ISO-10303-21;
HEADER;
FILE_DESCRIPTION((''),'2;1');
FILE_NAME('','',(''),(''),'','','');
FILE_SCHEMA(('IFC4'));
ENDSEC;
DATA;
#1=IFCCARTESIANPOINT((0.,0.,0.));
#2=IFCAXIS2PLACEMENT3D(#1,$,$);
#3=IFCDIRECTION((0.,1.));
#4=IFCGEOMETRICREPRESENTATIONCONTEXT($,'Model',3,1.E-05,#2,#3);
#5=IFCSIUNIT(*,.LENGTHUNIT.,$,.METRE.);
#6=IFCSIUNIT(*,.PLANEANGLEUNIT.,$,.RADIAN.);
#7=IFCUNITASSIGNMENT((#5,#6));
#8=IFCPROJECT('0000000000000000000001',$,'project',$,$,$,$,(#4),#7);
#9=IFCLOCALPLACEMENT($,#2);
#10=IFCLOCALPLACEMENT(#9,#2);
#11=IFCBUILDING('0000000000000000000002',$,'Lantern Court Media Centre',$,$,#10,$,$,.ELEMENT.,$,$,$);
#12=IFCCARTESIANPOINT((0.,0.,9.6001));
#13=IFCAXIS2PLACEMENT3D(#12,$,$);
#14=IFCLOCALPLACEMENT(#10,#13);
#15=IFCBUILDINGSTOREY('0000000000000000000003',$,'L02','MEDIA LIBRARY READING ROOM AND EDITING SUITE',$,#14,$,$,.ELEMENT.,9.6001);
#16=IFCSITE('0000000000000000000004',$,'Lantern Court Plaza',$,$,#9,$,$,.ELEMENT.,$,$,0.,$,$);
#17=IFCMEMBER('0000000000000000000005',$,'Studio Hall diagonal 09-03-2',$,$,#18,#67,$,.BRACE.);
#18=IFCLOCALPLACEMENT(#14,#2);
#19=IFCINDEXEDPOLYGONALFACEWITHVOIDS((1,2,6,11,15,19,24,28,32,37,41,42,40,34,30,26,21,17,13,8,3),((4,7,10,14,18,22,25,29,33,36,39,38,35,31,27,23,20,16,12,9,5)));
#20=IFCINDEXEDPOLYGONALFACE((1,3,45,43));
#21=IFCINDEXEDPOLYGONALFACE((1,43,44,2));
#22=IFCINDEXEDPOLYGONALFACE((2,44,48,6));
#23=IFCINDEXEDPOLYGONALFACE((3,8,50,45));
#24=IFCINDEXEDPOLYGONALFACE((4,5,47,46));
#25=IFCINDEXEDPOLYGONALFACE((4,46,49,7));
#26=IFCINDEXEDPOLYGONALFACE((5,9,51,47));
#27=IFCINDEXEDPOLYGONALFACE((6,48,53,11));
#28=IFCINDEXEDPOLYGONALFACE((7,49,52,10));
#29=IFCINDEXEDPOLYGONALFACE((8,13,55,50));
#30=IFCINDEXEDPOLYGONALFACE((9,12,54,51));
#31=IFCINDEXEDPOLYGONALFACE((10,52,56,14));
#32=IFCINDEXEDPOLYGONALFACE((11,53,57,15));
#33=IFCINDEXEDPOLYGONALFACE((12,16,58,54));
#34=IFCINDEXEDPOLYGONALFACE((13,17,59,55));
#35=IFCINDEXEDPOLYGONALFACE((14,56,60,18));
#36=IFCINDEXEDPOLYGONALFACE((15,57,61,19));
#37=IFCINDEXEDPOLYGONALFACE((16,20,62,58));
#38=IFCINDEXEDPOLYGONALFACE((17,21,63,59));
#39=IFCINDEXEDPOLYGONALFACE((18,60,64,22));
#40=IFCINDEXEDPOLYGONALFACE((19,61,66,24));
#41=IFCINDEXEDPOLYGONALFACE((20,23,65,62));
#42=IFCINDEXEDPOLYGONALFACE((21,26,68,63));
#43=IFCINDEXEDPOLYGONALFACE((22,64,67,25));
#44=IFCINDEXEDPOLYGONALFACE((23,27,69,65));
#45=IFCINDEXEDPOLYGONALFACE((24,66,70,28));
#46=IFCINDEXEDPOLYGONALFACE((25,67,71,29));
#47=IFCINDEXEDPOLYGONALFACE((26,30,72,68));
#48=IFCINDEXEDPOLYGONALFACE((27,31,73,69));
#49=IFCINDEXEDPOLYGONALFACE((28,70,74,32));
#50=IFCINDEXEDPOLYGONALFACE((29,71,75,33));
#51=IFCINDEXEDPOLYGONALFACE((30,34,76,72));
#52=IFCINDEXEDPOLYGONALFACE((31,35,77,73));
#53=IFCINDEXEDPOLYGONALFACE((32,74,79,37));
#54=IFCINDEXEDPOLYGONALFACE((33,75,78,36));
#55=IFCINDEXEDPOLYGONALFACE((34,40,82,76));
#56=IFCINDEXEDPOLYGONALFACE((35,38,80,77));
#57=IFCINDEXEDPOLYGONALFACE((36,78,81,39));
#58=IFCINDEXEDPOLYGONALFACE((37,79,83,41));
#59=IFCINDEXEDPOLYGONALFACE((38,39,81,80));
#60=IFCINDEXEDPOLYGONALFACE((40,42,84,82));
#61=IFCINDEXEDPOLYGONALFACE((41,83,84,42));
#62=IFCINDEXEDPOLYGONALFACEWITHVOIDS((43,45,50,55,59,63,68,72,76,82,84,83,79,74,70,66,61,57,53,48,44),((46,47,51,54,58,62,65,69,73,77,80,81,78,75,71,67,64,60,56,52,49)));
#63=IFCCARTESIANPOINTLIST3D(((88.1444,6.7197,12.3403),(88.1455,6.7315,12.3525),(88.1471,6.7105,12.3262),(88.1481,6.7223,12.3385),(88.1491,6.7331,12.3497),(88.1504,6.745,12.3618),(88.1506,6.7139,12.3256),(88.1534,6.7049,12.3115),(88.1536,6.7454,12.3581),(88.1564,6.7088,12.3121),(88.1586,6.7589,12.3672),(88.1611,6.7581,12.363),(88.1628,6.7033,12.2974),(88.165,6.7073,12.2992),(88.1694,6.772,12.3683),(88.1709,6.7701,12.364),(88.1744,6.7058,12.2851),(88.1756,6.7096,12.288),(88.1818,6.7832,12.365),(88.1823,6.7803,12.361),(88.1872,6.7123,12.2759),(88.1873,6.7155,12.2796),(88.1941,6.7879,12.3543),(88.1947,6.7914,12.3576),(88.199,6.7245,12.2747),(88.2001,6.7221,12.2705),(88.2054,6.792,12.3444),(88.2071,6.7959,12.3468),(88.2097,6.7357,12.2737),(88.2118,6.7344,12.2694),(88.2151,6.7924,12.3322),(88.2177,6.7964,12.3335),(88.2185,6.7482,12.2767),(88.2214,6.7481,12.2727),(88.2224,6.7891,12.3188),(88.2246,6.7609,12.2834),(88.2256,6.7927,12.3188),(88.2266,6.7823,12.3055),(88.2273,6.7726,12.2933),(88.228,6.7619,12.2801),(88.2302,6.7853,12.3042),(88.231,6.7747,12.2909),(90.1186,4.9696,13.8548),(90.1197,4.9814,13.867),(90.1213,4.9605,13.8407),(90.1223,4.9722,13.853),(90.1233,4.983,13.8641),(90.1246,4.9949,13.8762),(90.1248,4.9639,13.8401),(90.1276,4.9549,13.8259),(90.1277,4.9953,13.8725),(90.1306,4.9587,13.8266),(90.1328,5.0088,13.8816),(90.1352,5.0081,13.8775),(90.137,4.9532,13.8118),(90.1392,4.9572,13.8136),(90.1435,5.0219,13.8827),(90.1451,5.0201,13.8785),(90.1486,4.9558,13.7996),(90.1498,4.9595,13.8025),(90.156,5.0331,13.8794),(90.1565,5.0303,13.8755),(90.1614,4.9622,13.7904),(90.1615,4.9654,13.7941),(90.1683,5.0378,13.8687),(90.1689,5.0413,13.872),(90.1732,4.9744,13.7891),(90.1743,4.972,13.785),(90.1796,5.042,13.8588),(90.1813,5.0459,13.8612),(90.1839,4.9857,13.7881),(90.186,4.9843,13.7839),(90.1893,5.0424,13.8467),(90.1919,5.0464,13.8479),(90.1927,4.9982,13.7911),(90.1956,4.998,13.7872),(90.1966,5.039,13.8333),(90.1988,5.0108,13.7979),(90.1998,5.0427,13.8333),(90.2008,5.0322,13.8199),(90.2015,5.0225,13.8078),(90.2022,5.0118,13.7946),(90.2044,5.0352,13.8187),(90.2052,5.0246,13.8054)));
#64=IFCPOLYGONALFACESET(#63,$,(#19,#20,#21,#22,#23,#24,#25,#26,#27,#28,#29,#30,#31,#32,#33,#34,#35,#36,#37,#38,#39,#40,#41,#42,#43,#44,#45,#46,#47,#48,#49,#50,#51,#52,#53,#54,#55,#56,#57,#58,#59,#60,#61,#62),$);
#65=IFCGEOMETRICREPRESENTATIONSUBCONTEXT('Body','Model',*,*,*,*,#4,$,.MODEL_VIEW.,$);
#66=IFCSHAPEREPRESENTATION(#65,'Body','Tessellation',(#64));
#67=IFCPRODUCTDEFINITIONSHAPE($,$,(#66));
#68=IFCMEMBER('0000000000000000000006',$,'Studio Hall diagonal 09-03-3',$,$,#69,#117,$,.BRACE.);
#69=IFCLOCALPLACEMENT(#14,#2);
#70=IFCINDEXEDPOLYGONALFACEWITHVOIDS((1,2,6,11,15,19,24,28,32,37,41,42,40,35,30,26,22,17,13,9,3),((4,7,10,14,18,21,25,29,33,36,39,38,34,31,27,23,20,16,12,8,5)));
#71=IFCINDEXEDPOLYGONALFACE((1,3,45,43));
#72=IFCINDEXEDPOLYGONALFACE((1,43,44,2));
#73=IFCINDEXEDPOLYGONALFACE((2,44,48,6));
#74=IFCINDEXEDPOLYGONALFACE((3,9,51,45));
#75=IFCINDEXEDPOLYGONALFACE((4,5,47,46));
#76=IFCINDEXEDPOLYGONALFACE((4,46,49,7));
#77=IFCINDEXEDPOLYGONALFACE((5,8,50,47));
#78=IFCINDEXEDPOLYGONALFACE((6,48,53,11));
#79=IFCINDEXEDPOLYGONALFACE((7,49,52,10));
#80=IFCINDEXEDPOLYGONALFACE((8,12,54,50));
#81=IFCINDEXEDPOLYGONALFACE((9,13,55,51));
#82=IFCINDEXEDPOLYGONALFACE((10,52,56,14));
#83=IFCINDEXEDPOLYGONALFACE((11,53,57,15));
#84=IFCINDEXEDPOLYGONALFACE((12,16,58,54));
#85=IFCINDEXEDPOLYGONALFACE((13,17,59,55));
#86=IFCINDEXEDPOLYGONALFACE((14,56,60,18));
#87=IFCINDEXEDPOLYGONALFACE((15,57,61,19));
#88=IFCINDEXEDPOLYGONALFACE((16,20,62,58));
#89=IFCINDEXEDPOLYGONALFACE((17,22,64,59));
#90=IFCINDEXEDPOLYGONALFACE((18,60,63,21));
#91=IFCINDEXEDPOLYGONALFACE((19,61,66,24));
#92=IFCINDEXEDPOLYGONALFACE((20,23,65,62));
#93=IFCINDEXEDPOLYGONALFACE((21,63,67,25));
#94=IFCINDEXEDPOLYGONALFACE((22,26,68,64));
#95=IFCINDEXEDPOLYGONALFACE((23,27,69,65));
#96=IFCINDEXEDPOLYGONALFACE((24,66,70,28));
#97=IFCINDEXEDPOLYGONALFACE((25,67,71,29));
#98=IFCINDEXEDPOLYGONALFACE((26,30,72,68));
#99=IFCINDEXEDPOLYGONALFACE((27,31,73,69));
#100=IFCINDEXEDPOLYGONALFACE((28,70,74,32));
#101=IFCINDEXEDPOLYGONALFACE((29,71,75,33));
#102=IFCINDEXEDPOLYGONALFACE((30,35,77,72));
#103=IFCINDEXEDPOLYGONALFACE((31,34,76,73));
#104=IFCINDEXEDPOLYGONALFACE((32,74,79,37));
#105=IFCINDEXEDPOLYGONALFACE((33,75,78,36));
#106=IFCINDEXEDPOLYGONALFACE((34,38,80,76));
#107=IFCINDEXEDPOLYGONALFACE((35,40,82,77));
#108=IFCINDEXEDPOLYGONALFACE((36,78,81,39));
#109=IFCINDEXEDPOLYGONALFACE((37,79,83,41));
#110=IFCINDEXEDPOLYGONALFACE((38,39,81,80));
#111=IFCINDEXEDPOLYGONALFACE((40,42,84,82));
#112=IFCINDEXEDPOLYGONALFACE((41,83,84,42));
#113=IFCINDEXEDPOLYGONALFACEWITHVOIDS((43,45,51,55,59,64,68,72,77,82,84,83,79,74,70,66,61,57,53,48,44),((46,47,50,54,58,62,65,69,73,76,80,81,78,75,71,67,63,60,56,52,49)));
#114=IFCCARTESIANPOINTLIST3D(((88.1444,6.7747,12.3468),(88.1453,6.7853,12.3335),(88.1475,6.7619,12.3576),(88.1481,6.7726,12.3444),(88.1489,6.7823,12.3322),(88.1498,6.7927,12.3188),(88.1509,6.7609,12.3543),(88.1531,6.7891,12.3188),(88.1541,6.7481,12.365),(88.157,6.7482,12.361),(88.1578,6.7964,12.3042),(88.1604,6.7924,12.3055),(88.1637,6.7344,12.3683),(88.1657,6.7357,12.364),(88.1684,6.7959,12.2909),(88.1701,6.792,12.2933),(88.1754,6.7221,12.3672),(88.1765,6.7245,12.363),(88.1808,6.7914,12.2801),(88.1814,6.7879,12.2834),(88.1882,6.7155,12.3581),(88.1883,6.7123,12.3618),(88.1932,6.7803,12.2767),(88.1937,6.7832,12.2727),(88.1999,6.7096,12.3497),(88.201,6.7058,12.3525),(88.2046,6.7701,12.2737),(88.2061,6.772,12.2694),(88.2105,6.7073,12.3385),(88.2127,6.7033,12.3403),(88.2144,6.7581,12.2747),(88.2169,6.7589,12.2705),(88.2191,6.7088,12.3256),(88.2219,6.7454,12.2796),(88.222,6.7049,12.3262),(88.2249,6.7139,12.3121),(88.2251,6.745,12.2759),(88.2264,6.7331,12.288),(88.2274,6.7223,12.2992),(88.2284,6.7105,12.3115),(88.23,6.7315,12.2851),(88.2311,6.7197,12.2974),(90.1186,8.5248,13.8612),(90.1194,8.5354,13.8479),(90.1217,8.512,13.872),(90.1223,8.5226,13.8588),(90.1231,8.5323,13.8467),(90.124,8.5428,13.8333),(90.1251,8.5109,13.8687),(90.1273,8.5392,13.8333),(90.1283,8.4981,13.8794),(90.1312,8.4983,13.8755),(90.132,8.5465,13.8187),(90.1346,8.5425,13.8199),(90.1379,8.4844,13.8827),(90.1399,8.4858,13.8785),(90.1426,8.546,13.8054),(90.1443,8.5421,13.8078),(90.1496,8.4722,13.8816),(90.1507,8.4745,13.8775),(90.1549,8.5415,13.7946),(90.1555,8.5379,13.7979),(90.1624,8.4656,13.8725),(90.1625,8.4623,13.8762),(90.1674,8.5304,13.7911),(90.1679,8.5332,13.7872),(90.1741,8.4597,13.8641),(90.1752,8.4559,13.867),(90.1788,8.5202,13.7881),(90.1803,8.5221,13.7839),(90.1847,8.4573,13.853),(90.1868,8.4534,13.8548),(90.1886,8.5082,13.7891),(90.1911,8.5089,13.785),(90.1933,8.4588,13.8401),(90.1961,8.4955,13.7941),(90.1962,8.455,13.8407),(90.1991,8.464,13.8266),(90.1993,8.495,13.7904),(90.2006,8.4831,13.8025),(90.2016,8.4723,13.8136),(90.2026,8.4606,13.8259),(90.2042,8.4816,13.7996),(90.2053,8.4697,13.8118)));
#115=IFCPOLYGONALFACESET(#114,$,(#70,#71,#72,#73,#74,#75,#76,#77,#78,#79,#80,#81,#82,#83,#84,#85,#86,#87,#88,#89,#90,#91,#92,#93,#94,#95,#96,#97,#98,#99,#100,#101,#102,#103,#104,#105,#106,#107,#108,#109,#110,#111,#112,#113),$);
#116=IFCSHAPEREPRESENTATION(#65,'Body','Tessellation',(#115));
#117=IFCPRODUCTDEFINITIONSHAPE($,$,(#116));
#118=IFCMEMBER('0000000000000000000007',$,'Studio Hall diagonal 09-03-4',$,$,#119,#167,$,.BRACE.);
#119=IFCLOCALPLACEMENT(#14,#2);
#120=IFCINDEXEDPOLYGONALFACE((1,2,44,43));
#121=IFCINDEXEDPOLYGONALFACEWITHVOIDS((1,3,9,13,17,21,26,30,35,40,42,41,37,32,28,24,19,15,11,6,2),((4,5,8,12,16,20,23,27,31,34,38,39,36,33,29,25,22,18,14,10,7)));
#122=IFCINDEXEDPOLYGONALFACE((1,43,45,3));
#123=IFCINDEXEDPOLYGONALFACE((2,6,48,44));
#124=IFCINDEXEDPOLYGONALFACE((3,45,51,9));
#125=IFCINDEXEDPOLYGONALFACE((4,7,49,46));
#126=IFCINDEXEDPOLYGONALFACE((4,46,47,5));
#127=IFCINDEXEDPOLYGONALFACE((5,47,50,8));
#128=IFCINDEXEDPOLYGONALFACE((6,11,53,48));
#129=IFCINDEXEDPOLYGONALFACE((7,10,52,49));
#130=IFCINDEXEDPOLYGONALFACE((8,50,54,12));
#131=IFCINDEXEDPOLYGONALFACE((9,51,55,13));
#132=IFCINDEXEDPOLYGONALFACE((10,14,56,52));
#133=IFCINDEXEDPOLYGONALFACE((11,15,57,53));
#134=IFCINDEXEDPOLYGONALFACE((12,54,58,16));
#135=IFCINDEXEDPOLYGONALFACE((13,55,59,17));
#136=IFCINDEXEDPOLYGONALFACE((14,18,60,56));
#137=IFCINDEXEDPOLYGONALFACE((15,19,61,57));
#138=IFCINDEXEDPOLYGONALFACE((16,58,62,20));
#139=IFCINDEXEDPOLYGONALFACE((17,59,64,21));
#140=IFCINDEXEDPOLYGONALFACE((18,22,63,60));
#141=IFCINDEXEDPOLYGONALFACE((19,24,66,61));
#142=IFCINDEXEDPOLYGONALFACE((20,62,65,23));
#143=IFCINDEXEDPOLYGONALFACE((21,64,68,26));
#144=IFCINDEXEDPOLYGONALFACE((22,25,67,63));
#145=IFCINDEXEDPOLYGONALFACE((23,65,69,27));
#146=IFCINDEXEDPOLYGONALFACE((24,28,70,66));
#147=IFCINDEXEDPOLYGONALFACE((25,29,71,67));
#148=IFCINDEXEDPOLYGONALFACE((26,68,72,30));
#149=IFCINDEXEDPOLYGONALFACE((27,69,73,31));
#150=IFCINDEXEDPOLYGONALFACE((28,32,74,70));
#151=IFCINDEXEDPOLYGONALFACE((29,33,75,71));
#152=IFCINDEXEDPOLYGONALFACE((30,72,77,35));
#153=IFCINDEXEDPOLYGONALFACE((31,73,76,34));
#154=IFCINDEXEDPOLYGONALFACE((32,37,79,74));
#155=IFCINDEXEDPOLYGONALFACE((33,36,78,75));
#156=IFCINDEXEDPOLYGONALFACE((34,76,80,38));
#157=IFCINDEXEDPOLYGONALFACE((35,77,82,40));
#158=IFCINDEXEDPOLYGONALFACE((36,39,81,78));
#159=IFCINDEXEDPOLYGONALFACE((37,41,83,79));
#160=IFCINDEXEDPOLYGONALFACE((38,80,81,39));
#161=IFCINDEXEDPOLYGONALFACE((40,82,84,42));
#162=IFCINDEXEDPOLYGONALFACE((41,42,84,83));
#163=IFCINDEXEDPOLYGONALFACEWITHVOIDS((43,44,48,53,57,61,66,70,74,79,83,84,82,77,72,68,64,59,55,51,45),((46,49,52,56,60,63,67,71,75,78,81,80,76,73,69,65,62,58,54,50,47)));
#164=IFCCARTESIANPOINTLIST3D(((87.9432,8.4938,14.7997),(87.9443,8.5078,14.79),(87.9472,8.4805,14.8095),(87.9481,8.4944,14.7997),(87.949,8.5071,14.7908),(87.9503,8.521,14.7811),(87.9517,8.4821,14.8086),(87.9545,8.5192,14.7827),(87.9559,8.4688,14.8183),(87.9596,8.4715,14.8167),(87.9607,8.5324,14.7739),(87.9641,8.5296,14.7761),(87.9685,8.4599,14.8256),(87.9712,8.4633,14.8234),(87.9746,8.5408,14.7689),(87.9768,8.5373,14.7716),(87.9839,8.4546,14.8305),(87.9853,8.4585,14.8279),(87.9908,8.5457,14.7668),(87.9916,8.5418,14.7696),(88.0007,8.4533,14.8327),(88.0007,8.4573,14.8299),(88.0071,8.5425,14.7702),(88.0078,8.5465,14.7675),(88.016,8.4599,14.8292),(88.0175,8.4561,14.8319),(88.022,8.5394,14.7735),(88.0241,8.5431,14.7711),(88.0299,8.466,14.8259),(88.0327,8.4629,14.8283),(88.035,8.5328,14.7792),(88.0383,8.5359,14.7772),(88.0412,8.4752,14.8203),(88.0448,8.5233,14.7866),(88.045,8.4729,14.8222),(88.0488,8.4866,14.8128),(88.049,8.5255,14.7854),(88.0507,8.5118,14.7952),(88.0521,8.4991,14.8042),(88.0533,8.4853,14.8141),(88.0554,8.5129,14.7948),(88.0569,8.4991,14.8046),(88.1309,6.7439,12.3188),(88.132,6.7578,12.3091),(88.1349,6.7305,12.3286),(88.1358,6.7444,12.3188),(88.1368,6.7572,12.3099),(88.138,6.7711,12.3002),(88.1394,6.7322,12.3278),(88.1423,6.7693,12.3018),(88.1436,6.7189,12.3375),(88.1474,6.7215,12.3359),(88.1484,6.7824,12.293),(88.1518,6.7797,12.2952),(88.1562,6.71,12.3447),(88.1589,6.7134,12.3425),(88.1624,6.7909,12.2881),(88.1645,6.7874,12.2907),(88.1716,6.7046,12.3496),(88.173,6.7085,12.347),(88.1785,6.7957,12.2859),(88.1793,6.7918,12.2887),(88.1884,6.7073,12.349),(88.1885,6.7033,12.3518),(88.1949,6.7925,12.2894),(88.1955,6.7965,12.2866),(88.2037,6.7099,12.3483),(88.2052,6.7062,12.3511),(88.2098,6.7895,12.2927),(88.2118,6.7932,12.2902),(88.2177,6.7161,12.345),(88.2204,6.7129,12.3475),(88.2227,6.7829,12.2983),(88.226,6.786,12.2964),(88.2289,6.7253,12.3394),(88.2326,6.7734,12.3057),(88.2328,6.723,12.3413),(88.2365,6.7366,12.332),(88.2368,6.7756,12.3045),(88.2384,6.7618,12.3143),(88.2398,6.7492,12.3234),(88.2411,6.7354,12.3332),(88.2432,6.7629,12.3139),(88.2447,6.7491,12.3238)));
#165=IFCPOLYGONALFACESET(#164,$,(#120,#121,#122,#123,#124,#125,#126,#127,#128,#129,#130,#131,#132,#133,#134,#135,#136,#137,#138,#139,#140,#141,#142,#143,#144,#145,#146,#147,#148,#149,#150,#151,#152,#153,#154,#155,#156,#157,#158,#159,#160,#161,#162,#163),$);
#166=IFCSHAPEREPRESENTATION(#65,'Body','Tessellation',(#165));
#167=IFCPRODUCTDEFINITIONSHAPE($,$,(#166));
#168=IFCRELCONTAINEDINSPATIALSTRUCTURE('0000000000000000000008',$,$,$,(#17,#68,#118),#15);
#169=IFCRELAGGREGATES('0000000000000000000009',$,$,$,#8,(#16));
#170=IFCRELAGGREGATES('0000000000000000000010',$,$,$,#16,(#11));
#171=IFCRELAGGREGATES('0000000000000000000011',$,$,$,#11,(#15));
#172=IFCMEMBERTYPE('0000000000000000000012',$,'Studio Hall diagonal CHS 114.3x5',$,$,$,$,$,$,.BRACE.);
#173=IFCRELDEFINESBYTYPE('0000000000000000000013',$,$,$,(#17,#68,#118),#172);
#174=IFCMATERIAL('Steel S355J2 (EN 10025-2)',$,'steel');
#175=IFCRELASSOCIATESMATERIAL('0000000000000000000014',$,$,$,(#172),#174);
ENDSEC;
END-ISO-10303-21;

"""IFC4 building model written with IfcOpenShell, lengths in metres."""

from ifc_helpers import new_model, si_unit, direction, frame, origin, origin_2d, place, context, subcontext, project, spatial, hollow_circle, extrude, material, material_profile, profile_set, type_object, element, save


model = new_model("IFC4")

# Units and contexts
model_context = context("Model", 3, precision=1e-05, world=origin(), true_north=direction((0.0, 1.0)))
body_context = subcontext(model_context, "Body", "Model", "MODEL_VIEW")
ifc_project = project(units=[si_unit("LENGTHUNIT", "METRE"), si_unit("PLANEANGLEUNIT", "RADIAN")], contexts=[model_context])

# Site, building, storey
site_placement = place(None, origin())
site = spatial("IfcSite", under=ifc_project, at=site_placement, Name="Lantern Court Plaza", CompositionType="ELEMENT", RefElevation=0.0)
building_placement = place(site_placement, origin())
building = spatial("IfcBuilding", under=site, at=building_placement, Name="Lantern Court Media Centre", CompositionType="ELEMENT")
storey_placement = place(building_placement, frame((0.0, 0.0, 9.6001)))
storey = spatial("IfcBuildingStorey", under=building, at=storey_placement, Name="L02", Description="MEDIA LIBRARY READING ROOM AND EDITING SUITE", CompositionType="ELEMENT", Elevation=9.6001)

# Members
ifc_material = material(Name="Steel S355J2 (EN 10025-2)", Category="steel")
ifc_material_profile_1 = material_profile(ifc_material, hollow_circle(Radius=0.0571, WallThickness=0.0049, at=origin_2d()), Name="Studio Hall diagonal CHS 114.3x5")
ifc_profile_set_1 = profile_set([ifc_material_profile_1], Name="Steel S355J2 (EN 10025-2)")
member_type_1 = type_object("IfcMemberType", Name="Studio Hall diagonal CHS 114.3x5", PredefinedType="BRACE", material=ifc_profile_set_1)
for number, where, z_axis, x_axis, name in (
    (1, (88.1877, 6.75, 12.3188), (0.648979, -0.575301, 0.49785), (0.663352, 0.748307, 0.0), "Studio Hall diagonal 09-03-2"),
    (2, (88.1877, 6.75, 12.3188), (0.648979, 0.575301, 0.49785), (-0.663352, 0.748307, 0.0), "Studio Hall diagonal 09-03-3"),
):
    element("IfcMember", number, at=place(storey_placement, frame(where, z_axis=z_axis, x_axis=x_axis)), inside=storey, type_object=member_type_1, Name=name, PredefinedType="BRACE", context=body_context, shape_type="SweptSolid", body=[
        extrude(hollow_circle(Radius=0.0571, WallThickness=0.0049, at=origin_2d()), origin(), (0.0, 0.0, 1.0), 3.042),
    ])
member_1_placement = place(storey_placement, frame((88.1877, 6.75, 12.3188), z_axis=(-0.06172, 0.575306, 0.815606), x_axis=(-0.994294, -0.10667, 0.0)))
element("IfcMember", 3, at=member_1_placement, inside=storey, type_object=member_type_1, Name="Studio Hall diagonal 09-03-4", PredefinedType="BRACE", context=body_context, shape_type="SweptSolid", body=[
    extrude(hollow_circle(Radius=0.0571, WallThickness=0.0049, at=origin_2d()), origin(), (0.0, 0.0, 1.0), 3.0417),
])

save(model, "model.ifc")
